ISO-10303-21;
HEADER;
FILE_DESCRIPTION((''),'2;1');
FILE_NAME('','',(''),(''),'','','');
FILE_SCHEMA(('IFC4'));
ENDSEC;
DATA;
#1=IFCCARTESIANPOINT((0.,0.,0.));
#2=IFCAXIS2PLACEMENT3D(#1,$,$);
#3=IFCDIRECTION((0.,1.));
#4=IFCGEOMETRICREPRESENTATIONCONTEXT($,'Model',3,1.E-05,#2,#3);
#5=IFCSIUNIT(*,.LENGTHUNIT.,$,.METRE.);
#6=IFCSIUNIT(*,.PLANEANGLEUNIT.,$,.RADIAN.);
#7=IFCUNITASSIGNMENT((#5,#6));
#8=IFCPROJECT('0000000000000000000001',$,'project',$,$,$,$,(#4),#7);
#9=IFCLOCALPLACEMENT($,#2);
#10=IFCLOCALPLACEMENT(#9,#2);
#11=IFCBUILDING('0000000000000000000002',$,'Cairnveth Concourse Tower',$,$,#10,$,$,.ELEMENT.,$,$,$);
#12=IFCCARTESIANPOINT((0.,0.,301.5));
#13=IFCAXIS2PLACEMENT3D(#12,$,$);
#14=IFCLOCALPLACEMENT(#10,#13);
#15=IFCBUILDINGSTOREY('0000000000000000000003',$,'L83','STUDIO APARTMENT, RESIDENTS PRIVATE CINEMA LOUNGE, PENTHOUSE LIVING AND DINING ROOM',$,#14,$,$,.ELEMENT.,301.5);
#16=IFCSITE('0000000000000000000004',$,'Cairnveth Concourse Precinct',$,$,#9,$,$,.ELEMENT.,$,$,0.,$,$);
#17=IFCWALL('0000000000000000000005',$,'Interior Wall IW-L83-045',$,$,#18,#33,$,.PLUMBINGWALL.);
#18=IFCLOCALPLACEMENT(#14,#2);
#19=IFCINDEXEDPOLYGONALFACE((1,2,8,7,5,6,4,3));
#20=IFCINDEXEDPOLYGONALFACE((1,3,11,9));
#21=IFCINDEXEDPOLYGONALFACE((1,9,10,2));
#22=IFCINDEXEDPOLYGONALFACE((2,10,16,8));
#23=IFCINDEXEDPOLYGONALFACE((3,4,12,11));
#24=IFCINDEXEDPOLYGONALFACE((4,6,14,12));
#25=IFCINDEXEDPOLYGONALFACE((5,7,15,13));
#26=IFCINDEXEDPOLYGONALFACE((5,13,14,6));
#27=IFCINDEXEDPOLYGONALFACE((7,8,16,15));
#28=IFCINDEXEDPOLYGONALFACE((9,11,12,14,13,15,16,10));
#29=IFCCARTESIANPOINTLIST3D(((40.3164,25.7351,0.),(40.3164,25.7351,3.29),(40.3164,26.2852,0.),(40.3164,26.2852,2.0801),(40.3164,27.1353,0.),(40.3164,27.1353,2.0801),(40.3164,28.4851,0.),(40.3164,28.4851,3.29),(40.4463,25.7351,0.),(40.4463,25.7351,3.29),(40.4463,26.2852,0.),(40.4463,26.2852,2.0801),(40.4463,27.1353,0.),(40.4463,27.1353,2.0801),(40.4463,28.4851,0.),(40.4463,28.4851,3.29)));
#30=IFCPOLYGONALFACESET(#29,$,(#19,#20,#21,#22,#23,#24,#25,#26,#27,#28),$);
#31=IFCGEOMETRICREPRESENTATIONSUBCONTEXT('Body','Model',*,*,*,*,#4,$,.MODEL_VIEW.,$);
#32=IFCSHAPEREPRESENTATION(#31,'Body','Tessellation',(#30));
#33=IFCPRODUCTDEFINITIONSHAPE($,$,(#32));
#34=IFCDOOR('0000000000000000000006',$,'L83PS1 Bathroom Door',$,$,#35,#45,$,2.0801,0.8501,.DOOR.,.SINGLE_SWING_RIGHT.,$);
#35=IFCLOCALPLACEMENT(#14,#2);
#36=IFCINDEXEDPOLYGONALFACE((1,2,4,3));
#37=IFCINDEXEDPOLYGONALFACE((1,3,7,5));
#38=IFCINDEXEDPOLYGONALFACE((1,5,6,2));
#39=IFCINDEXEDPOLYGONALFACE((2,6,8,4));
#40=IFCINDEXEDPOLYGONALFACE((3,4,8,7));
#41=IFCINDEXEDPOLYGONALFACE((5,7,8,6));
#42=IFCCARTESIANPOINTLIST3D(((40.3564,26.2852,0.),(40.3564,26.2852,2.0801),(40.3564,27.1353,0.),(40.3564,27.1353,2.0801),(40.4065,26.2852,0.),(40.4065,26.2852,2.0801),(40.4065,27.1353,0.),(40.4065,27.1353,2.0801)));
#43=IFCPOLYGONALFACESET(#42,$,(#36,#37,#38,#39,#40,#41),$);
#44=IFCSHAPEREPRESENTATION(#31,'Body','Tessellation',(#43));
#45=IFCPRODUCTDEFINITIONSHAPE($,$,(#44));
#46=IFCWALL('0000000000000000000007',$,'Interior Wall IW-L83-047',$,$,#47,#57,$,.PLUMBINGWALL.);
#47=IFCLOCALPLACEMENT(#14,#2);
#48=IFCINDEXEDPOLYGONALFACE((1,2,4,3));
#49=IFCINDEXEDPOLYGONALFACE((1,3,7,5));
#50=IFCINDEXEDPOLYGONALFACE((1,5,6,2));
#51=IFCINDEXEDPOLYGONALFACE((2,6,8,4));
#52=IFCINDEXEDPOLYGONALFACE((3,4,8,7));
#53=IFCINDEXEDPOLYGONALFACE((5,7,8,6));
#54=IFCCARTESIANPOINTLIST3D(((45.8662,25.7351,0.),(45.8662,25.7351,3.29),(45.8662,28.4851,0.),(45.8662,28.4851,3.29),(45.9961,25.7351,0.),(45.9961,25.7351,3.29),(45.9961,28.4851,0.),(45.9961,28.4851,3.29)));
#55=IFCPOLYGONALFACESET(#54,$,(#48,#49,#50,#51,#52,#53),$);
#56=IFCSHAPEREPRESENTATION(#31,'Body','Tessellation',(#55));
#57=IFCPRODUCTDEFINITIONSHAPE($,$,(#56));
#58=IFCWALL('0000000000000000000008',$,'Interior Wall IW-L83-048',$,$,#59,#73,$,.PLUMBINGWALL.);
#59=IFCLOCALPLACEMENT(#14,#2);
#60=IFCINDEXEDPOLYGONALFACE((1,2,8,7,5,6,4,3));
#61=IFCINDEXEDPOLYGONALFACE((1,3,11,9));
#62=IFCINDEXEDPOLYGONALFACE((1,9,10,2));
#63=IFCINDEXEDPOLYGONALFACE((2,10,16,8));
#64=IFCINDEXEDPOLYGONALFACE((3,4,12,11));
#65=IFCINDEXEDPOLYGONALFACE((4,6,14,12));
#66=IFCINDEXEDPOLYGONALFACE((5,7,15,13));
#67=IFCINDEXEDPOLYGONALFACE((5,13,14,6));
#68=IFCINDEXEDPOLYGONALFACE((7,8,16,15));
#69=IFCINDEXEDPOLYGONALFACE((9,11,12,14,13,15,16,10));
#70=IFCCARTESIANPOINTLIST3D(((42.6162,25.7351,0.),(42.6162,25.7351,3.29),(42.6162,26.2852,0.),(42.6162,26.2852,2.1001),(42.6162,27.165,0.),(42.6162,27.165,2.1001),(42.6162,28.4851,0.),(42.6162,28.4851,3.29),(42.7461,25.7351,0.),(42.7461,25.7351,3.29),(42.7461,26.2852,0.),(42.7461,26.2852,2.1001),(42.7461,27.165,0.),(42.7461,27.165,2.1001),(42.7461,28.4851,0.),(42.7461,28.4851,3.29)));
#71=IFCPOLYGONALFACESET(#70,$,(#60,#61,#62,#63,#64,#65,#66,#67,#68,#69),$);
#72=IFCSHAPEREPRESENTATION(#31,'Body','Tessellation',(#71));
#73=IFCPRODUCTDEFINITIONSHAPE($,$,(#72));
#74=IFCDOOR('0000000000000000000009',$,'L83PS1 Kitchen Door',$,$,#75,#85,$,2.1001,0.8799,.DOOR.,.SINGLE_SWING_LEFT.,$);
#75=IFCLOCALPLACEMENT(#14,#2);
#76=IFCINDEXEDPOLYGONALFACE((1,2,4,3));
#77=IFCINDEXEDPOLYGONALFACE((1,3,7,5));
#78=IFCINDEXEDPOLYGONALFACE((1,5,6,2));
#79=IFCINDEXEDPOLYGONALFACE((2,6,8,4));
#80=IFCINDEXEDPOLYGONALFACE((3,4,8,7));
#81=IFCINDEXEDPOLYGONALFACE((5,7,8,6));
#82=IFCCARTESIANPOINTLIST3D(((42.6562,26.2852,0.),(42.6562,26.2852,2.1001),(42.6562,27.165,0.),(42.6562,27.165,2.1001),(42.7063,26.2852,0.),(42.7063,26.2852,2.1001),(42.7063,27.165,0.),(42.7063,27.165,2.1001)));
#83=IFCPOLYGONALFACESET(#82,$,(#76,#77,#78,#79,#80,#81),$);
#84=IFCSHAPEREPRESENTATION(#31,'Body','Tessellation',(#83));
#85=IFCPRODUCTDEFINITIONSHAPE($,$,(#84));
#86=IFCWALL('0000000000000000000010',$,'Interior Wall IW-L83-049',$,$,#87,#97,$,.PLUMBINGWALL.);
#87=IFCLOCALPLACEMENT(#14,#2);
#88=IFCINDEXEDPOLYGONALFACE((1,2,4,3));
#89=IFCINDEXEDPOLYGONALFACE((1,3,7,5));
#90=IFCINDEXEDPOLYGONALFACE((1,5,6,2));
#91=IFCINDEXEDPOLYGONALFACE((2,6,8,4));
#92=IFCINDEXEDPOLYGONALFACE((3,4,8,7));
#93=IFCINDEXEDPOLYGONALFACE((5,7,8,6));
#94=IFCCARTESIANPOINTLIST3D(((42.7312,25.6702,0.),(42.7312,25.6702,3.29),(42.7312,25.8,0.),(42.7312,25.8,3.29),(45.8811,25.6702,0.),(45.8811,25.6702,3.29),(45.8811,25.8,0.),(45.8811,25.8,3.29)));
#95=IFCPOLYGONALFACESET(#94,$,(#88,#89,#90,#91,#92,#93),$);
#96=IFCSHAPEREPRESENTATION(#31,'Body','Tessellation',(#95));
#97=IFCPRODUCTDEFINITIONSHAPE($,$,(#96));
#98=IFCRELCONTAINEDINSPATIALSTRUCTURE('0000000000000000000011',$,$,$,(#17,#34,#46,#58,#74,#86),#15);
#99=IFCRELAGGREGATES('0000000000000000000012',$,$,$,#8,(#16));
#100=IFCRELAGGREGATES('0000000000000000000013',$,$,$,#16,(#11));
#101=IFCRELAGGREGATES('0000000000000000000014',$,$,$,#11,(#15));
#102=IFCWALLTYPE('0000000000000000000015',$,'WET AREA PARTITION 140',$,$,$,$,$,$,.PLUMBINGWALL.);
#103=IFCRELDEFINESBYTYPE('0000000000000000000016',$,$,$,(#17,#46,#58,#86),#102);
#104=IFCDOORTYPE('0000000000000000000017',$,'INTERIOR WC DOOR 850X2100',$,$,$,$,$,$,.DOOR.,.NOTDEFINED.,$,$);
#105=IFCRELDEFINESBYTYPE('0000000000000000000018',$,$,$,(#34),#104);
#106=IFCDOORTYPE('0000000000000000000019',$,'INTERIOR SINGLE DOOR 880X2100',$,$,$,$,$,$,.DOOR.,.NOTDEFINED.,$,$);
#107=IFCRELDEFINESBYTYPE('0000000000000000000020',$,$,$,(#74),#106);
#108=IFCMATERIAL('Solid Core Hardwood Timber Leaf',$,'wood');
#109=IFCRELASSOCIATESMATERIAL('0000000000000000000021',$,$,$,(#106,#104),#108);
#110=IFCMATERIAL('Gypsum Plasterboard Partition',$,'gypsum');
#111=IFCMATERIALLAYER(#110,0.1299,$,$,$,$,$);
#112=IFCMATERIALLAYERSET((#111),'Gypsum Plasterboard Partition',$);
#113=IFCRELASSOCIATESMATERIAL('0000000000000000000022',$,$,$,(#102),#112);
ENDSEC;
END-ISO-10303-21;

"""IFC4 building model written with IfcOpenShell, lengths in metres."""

from ifc_helpers import new_model, si_unit, direction, frame, frame_2d, origin, place, context, subcontext, project, spatial, rectangle, extrude, material, layer, layer_set, type_object, element, fill, save


model = new_model("IFC4")

# Units and contexts
model_context = context("Model", 3, precision=1e-05, world=origin(), true_north=direction((0.0, 1.0)))
body_context = subcontext(model_context, "Body", "Model", "MODEL_VIEW")
ifc_project = project(units=[si_unit("LENGTHUNIT", "METRE"), si_unit("PLANEANGLEUNIT", "RADIAN")], contexts=[model_context])

# Site, building, storey
site_placement = place(None, origin())
site = spatial("IfcSite", under=ifc_project, at=site_placement, Name="Cairnveth Concourse Precinct", CompositionType="ELEMENT", RefElevation=0.0)
building_placement = place(site_placement, origin())
building = spatial("IfcBuilding", under=site, at=building_placement, Name="Cairnveth Concourse Tower", CompositionType="ELEMENT")
storey_placement = place(building_placement, frame((0.0, 0.0, 301.5)))
storey = spatial("IfcBuildingStorey", under=building, at=storey_placement, Name="L83", Description="STUDIO APARTMENT, RESIDENTS PRIVATE CINEMA LOUNGE, PENTHOUSE LIVING AND DINING ROOM", CompositionType="ELEMENT", Elevation=301.5)

# Shared definitions
ifc_material_1 = material(Name="Gypsum Plasterboard Partition", Category="gypsum")

# Wall, opening, door
ifc_material_2 = material(Name="Solid Core Hardwood Timber Leaf", Category="wood")
door_type_1 = type_object("IfcDoorType", Name="INTERIOR SINGLE DOOR 880X2100", OperationType="NOTDEFINED", PredefinedType="DOOR", material=ifc_material_2)
ifc_layer_1 = layer(ifc_material_1, 0.1299)
ifc_layer_set_1 = layer_set([ifc_layer_1], Name="Gypsum Plasterboard Partition")
wall_type_1 = type_object("IfcWallType", Name="WET AREA PARTITION 140", PredefinedType="PLUMBINGWALL", material=ifc_layer_set_1)
wall_1_placement = place(storey_placement, frame((40.3813, 25.7351, 0.0), z_axis=(0.0, 0.0, 1.0), x_axis=(0.0, 1.0, 0.0)))
wall_1 = element("IfcWall", 1, at=wall_1_placement, inside=storey, type_object=wall_type_1, Name="Interior Wall IW-L83-045", PredefinedType="PLUMBINGWALL", context=body_context, shape_type="SweptSolid", body=[
    extrude(rectangle(XDim=2.75, YDim=0.1299, at=frame_2d((1.375, 0.0))), origin(), (0.0, 0.0, 1.0), 3.29),
])
opening_1_placement = place(wall_1_placement, frame((0.55, 0.0, 0.0)))
opening_1 = element("IfcOpeningElement", 2, at=opening_1_placement, cuts=wall_1, PredefinedType="OPENING", context=body_context, shape_type="SweptSolid", body=[
    extrude(rectangle(XDim=0.8501, YDim=2.0801, at=frame_2d((0.425, 1.04))), frame((0.0, 0.075, 0.0), z_axis=(0.0, -1.0, 0.0), x_axis=(1.0, 0.0, 0.0)), (0.0, 0.0, 1.0), 0.1499),
])
door_type_2 = type_object("IfcDoorType", Name="INTERIOR WC DOOR 850X2100", OperationType="NOTDEFINED", PredefinedType="DOOR", material=ifc_material_2)
door_1_placement = place(opening_1_placement, origin())
door_1 = element("IfcDoor", 3, at=door_1_placement, inside=storey, type_object=door_type_2, Name="L83PS1 Bathroom Door", OperationType="SINGLE_SWING_RIGHT", OverallHeight=2.0801, OverallWidth=0.8501, PredefinedType="DOOR", context=body_context, shape_type="SweptSolid", body=[
    extrude(rectangle(XDim=0.8501, YDim=2.0801, at=frame_2d((0.425, 1.04))), frame((0.0, 0.0249, 0.0), z_axis=(0.0, -1.0, 0.0), x_axis=(1.0, 0.0, 0.0)), (0.0, 0.0, 1.0), 0.05),
])
fill(opening_1, door_1)

# Wall
wall_2_placement = place(storey_placement, frame((45.9312, 25.7351, 0.0), z_axis=(0.0, 0.0, 1.0), x_axis=(0.0, 1.0, 0.0)))
element("IfcWall", 4, at=wall_2_placement, inside=storey, type_object=wall_type_1, Name="Interior Wall IW-L83-047", PredefinedType="PLUMBINGWALL", context=body_context, shape_type="SweptSolid", body=[
    extrude(rectangle(XDim=2.75, YDim=0.1299, at=frame_2d((1.375, 0.0))), origin(), (0.0, 0.0, 1.0), 3.29),
])

# Wall, opening, door
wall_3_placement = place(storey_placement, frame((42.6812, 25.7351, 0.0), z_axis=(0.0, 0.0, 1.0), x_axis=(0.0, 1.0, 0.0)))
wall_3 = element("IfcWall", 5, at=wall_3_placement, inside=storey, type_object=wall_type_1, Name="Interior Wall IW-L83-048", PredefinedType="PLUMBINGWALL", context=body_context, shape_type="SweptSolid", body=[
    extrude(rectangle(XDim=2.75, YDim=0.1299, at=frame_2d((1.375, 0.0))), origin(), (0.0, 0.0, 1.0), 3.29),
])
opening_2_placement = place(wall_3_placement, frame((0.55, 0.0, 0.0)))
opening_2 = element("IfcOpeningElement", 6, at=opening_2_placement, cuts=wall_3, PredefinedType="OPENING", context=body_context, shape_type="SweptSolid", body=[
    extrude(rectangle(XDim=0.8799, YDim=2.1001, at=frame_2d((0.4399, 1.05))), frame((0.0, 0.075, 0.0), z_axis=(0.0, -1.0, 0.0), x_axis=(1.0, 0.0, 0.0)), (0.0, 0.0, 1.0), 0.1499),
])
door_2_placement = place(opening_2_placement, origin())
door_2 = element("IfcDoor", 7, at=door_2_placement, inside=storey, type_object=door_type_1, Name="L83PS1 Kitchen Door", OperationType="SINGLE_SWING_LEFT", OverallHeight=2.1001, OverallWidth=0.8799, PredefinedType="DOOR", context=body_context, shape_type="SweptSolid", body=[
    extrude(rectangle(XDim=0.8799, YDim=2.1001, at=frame_2d((0.4399, 1.05))), frame((0.0, 0.0249, 0.0), z_axis=(0.0, -1.0, 0.0), x_axis=(1.0, 0.0, 0.0)), (0.0, 0.0, 1.0), 0.05),
])
fill(opening_2, door_2)

# Wall
wall_4_placement = place(storey_placement, frame((42.7312, 25.7351, 0.0), z_axis=(0.0, 0.0, 1.0), x_axis=(1.0, 0.0, 0.0)))
element("IfcWall", 8, at=wall_4_placement, inside=storey, type_object=wall_type_1, Name="Interior Wall IW-L83-049", PredefinedType="PLUMBINGWALL", context=body_context, shape_type="SweptSolid", body=[
    extrude(rectangle(XDim=3.1499, YDim=0.1299, at=frame_2d((1.575, 0.0))), origin(), (0.0, 0.0, 1.0), 3.29),
])

save(model, "model.ifc")
